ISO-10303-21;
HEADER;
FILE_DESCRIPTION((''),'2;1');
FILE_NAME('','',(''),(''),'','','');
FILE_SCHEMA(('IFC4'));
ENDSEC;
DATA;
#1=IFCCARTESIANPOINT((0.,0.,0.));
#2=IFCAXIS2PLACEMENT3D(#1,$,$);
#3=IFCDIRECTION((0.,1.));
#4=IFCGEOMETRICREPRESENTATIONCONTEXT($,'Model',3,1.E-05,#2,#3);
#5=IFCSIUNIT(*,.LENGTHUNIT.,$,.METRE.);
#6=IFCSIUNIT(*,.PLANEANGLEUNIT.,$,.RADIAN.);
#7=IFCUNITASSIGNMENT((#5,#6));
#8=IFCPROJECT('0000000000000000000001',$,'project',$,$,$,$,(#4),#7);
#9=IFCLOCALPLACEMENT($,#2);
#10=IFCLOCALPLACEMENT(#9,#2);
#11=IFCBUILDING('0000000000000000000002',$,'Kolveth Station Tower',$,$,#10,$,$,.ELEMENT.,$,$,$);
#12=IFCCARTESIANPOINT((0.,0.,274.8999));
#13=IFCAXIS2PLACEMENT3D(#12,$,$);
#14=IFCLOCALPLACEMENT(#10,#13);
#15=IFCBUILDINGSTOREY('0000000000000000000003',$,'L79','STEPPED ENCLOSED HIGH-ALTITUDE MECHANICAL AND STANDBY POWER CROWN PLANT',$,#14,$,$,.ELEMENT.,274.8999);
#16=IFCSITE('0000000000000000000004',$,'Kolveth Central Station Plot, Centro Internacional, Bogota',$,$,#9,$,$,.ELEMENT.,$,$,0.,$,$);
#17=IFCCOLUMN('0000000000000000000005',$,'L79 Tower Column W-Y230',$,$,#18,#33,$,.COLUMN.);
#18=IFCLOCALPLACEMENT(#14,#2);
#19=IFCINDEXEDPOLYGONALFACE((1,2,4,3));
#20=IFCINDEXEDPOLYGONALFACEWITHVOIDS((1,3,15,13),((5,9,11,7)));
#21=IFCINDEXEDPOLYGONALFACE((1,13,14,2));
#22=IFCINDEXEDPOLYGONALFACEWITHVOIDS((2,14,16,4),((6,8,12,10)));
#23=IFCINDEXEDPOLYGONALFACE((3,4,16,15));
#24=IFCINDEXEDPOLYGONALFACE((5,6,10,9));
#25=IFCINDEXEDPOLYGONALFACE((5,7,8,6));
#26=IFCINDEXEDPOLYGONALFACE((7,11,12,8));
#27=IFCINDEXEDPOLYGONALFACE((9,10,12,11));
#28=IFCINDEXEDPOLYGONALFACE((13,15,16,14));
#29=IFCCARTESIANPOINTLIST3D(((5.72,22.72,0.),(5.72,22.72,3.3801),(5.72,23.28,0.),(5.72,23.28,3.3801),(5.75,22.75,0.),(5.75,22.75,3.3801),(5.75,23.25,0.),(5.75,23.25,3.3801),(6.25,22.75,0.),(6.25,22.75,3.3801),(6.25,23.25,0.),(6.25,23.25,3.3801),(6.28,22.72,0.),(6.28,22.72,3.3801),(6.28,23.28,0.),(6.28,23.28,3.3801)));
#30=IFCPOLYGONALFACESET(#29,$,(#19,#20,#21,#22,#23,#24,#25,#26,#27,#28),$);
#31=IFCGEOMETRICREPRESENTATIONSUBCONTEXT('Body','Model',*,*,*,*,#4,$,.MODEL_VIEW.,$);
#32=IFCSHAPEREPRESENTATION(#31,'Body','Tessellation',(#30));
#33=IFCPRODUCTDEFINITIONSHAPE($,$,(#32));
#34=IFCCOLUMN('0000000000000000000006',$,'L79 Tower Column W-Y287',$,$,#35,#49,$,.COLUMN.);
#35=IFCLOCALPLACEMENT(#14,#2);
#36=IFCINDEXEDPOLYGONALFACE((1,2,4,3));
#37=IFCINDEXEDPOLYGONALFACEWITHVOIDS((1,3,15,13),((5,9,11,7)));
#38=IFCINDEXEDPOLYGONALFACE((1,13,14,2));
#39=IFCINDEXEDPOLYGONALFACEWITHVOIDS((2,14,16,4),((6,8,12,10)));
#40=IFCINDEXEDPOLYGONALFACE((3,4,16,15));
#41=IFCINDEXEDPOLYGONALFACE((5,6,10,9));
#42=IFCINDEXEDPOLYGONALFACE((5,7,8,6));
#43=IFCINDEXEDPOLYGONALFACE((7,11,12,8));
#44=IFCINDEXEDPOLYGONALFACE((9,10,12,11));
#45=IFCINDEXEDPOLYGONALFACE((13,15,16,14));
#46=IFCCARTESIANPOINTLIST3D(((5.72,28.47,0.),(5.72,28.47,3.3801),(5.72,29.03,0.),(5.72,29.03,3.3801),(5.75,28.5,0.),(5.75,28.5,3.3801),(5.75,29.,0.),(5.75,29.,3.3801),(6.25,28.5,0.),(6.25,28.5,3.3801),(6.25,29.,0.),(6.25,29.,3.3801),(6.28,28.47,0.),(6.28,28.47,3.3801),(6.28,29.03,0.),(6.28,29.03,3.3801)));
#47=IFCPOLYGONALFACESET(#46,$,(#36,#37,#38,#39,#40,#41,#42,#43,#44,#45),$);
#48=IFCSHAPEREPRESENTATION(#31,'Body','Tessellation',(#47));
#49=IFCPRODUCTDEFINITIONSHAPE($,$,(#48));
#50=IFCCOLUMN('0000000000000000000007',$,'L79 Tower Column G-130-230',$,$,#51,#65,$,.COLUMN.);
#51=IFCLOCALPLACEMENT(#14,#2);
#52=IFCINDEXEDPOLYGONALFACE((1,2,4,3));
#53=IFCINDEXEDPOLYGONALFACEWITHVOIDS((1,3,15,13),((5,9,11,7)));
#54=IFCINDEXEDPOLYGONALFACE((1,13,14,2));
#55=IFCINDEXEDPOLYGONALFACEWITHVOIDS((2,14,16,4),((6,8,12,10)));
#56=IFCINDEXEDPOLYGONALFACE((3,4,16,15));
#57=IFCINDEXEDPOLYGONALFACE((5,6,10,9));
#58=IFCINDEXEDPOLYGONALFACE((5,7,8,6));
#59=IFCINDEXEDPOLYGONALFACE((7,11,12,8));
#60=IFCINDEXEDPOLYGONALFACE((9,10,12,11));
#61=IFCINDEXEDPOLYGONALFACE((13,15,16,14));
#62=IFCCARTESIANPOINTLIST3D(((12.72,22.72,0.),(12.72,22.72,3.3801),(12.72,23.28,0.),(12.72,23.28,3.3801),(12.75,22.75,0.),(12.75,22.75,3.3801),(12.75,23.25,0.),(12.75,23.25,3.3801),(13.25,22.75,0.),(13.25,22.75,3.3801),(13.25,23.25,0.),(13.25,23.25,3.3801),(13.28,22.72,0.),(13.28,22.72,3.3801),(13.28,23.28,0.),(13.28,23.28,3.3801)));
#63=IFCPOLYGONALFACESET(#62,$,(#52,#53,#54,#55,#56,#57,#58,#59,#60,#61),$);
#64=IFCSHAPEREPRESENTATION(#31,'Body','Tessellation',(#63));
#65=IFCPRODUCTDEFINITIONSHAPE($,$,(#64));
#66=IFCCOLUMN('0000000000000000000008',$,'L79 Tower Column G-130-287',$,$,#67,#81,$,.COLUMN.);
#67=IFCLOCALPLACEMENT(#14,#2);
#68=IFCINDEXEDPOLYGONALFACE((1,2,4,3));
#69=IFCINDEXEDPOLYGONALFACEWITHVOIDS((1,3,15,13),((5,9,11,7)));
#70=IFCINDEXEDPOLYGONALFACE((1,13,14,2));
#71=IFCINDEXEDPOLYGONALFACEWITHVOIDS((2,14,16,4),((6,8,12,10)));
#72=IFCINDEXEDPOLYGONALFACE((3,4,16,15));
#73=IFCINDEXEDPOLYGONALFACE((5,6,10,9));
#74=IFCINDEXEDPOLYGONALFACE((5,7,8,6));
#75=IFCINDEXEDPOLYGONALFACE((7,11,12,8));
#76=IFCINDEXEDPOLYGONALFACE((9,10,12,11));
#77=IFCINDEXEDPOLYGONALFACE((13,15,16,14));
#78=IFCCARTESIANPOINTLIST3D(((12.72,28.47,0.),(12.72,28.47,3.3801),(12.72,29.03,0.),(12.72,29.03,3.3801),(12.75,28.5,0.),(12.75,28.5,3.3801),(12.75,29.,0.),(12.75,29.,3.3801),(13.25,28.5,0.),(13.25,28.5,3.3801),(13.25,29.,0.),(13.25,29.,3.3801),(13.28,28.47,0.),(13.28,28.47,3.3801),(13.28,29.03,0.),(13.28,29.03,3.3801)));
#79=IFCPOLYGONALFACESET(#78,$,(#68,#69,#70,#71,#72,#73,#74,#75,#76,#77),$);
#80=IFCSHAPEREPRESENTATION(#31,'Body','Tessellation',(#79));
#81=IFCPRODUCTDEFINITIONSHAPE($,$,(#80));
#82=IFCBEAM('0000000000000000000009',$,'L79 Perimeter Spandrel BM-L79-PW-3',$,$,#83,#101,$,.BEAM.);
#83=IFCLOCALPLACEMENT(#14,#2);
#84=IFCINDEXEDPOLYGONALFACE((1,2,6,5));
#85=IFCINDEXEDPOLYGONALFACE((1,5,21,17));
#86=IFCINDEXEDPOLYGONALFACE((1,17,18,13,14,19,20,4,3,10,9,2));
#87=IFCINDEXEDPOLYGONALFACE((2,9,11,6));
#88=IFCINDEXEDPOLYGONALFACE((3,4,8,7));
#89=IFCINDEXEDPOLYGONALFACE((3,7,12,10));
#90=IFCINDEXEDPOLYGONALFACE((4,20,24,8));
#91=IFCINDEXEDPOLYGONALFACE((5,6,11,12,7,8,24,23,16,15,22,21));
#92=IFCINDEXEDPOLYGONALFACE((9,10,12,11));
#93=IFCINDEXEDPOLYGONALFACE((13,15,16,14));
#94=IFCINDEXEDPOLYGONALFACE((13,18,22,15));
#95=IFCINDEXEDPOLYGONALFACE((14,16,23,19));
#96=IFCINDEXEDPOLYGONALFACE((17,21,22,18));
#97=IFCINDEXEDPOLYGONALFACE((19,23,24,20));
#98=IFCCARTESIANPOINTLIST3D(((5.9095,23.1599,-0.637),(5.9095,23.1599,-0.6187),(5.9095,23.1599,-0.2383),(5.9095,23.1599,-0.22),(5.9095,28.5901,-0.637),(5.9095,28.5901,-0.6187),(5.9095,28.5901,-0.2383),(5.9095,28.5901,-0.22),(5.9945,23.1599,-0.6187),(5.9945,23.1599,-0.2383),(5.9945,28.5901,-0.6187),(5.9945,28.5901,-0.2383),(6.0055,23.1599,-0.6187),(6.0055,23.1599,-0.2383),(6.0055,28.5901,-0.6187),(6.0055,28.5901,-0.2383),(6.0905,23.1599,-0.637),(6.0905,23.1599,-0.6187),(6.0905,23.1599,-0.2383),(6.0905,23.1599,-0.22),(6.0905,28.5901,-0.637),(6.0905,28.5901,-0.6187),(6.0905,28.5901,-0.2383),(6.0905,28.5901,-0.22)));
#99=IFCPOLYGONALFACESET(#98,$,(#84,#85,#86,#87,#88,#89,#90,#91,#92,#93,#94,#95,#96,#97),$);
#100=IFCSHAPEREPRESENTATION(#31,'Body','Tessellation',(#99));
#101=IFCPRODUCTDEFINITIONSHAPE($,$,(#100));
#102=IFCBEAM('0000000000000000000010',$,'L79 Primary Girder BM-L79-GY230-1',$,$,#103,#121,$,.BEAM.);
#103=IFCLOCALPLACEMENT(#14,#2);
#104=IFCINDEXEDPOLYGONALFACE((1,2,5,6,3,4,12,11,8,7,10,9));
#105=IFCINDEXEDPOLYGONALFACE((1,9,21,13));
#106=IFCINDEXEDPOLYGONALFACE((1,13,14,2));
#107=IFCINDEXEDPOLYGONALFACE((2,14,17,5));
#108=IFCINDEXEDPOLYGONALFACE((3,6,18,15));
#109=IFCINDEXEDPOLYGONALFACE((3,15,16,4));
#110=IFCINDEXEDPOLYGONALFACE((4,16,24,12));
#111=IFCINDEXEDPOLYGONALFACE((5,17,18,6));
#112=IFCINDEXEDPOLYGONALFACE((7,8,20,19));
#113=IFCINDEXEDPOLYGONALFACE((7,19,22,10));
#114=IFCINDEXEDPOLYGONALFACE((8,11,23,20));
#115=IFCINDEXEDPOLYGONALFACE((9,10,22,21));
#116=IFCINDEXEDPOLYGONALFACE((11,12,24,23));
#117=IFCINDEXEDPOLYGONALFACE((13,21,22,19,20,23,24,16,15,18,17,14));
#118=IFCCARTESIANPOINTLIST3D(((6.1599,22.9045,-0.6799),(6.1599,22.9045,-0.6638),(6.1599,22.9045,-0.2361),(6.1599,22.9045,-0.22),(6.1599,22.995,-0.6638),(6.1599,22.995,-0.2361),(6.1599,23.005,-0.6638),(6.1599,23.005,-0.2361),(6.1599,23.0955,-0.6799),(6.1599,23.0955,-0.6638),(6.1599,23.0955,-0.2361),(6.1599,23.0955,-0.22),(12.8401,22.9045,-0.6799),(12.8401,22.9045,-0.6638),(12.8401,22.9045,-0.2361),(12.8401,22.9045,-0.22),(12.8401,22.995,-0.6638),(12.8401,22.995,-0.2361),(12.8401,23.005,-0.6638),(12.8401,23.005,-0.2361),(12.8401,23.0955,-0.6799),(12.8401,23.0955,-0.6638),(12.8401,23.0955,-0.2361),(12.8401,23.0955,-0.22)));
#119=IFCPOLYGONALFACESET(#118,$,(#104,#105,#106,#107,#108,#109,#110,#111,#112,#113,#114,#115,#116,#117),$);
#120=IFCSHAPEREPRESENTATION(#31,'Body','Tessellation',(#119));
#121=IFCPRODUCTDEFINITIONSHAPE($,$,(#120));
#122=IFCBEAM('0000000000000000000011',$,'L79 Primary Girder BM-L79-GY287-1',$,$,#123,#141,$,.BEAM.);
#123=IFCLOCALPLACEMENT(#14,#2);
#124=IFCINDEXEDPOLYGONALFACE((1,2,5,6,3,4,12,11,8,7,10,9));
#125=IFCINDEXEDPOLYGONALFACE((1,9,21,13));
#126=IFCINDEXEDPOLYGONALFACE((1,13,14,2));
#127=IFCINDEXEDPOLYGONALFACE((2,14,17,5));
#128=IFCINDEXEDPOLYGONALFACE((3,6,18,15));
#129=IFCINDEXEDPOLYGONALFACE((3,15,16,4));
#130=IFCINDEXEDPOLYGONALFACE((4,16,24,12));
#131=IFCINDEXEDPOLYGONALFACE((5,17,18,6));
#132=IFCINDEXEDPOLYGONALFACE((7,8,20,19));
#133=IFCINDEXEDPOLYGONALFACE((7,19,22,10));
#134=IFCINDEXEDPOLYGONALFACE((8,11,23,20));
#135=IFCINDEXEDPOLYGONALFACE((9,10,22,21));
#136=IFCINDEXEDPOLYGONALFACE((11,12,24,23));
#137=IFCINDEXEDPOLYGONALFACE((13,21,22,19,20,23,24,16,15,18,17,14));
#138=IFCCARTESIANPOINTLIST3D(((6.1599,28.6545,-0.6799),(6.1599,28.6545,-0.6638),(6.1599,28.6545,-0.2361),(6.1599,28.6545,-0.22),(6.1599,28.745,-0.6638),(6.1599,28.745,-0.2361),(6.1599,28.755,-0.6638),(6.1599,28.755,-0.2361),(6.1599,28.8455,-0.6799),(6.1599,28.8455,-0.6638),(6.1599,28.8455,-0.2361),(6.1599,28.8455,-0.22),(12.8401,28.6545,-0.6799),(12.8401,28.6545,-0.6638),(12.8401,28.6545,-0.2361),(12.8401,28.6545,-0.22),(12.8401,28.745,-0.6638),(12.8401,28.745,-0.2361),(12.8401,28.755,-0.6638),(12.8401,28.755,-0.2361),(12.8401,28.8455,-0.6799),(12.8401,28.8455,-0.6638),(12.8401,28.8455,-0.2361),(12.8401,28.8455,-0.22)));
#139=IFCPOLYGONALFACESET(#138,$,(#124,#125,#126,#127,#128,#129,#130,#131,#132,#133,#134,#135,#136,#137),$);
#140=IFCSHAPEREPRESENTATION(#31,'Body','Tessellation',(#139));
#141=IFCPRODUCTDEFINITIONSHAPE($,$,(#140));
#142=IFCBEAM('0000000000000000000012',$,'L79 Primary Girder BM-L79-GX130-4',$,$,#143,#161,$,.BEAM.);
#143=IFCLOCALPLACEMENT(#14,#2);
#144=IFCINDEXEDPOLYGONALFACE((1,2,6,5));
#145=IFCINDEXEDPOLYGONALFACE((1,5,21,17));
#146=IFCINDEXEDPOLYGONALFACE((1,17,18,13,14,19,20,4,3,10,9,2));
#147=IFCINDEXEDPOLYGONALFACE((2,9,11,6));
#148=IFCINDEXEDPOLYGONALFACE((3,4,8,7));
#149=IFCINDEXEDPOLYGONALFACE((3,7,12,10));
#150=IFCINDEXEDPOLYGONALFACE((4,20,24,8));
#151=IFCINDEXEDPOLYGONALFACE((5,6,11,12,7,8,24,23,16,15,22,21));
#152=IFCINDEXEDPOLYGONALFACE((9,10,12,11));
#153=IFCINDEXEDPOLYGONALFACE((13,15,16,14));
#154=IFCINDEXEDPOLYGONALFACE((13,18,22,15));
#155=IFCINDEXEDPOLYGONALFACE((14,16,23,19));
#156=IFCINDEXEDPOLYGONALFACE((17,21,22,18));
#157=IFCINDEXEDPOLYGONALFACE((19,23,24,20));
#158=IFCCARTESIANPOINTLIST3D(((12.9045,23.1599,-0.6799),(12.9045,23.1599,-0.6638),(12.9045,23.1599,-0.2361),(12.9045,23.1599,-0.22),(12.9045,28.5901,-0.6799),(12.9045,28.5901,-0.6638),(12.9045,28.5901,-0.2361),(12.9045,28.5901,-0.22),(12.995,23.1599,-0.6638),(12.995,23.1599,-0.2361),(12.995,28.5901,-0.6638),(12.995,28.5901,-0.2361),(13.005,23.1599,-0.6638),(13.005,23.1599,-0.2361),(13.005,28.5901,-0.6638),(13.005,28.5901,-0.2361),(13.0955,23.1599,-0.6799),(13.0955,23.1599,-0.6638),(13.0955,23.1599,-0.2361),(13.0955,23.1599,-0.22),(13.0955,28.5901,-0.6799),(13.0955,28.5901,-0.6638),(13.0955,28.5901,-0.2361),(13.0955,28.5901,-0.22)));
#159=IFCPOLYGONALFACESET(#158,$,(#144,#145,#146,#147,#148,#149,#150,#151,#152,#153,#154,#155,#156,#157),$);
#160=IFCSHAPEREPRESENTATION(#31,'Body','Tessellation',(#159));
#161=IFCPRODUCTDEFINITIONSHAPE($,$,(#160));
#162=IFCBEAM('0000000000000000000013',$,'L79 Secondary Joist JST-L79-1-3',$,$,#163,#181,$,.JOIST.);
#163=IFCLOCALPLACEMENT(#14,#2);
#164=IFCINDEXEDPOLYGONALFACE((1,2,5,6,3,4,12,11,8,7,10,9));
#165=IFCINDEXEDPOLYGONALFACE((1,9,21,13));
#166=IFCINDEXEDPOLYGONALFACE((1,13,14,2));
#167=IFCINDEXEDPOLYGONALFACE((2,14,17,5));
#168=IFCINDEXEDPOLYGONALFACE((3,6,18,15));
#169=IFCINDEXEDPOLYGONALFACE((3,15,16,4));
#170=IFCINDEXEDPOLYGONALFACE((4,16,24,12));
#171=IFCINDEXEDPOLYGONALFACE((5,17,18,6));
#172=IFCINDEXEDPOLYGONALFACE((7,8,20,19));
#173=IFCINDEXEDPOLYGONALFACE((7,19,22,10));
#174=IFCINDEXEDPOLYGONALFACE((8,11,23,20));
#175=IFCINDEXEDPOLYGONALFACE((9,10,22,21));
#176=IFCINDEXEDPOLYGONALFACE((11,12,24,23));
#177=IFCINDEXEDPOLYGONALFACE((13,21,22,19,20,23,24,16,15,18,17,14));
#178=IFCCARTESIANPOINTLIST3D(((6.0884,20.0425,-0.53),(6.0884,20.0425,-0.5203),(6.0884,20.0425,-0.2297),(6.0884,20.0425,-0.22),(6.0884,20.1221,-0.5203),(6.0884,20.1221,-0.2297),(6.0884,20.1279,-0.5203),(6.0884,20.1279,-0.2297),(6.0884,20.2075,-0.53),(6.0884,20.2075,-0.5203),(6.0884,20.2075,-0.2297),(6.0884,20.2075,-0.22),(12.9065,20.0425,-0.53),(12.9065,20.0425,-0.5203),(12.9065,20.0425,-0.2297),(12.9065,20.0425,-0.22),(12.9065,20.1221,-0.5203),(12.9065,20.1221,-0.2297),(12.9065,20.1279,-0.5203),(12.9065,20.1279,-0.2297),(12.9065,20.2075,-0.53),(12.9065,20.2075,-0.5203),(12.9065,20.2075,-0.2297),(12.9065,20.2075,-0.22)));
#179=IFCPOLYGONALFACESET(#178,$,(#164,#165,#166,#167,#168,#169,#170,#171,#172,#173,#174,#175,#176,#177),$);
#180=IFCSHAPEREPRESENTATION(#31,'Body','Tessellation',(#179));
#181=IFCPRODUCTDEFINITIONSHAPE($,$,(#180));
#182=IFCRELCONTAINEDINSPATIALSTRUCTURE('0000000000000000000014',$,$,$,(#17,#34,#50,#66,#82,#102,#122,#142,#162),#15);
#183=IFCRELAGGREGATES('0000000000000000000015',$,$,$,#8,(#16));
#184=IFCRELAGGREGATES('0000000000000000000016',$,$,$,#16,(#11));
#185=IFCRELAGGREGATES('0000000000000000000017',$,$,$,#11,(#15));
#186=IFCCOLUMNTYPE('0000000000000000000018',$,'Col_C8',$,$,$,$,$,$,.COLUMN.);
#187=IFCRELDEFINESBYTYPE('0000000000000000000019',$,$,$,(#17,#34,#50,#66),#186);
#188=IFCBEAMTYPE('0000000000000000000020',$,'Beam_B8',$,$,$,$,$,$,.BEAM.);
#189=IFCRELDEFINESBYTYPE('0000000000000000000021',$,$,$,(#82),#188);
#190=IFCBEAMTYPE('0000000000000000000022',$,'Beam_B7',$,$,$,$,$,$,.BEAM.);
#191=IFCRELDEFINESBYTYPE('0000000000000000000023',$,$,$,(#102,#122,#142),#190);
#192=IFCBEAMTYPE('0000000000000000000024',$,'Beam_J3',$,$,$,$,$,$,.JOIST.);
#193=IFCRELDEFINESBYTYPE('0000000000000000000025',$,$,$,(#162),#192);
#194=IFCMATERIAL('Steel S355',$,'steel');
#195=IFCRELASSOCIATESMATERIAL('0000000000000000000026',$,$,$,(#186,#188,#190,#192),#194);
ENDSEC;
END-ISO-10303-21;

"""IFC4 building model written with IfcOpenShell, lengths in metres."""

from ifc_helpers import new_model, si_unit, direction, frame, origin, origin_2d, place, context, subcontext, project, spatial, hollow_rectangle, i_section, extrude, source, transform, mapped, material, material_profile, profile_set, type_object, element, save


model = new_model("IFC4")

# Units and contexts
model_context = context("Model", 3, precision=1e-05, world=origin(), true_north=direction((0.0, 1.0)))
body_context = subcontext(model_context, "Body", "Model", "MODEL_VIEW")
ifc_project = project(units=[si_unit("LENGTHUNIT", "METRE"), si_unit("PLANEANGLEUNIT", "RADIAN")], contexts=[model_context])

# Site, building, storey
site_placement = place(None, origin())
site = spatial("IfcSite", under=ifc_project, at=site_placement, Name="Kolveth Central Station Plot, Centro Internacional, Bogota", CompositionType="ELEMENT", RefElevation=0.0)
building_placement = place(site_placement, origin())
building = spatial("IfcBuilding", under=site, at=building_placement, Name="Kolveth Station Tower", CompositionType="ELEMENT")
storey_placement = place(building_placement, frame((0.0, 0.0, 274.8999)))
storey = spatial("IfcBuildingStorey", under=building, at=storey_placement, Name="L79", Description="STEPPED ENCLOSED HIGH-ALTITUDE MECHANICAL AND STANDBY POWER CROWN PLANT", CompositionType="ELEMENT", Elevation=274.8999)

# Columns
ifc_material_1 = material(Name="Steel S355", Category="steel")
ifc_material_profile_1 = material_profile(ifc_material_1, hollow_rectangle(XDim=0.5601, YDim=0.5601, WallThickness=0.03, at=origin_2d()), Name="BOX560x560x30")
ifc_profile_set_1 = profile_set([ifc_material_profile_1], Name="Steel S355")
column_type = type_object("IfcColumnType", Name="Col_C8", PredefinedType="COLUMN", material=ifc_profile_set_1)
shared_shape_1 = source(origin(), body_context, "Body", "SweptSolid", [
    extrude(hollow_rectangle(XDim=0.5601, YDim=0.5601, WallThickness=0.03, at=origin_2d()), origin(), (0.0, 0.0, 1.0), 3.3801),
])
for number, where, z_axis, x_axis, name in (
    (1, (6.0, 23.0, 0.0), (0.0, 0.0, 1.0), (1.0, 0.0, 0.0), "L79 Tower Column W-Y230"),
    (2, (6.0, 28.75, 0.0), (0.0, 0.0, 1.0), (1.0, 0.0, 0.0), "L79 Tower Column W-Y287"),
    (3, (13.0, 23.0, 0.0), (0.0, 0.0, 1.0), (1.0, 0.0, 0.0), "L79 Tower Column G-130-230"),
    (4, (13.0, 28.75, 0.0), (0.0, 0.0, 1.0), (1.0, 0.0, 0.0), "L79 Tower Column G-130-287"),
):
    element("IfcColumn", number, at=place(storey_placement, frame(where, z_axis=z_axis, x_axis=x_axis)), inside=storey, type_object=column_type, Name=name, PredefinedType="COLUMN", context=body_context, shape_type="MappedRepresentation", body=[
        mapped(shared_shape_1, transform((0.0, 0.0, 0.0), x_axis=(1.0, 0.0, 0.0), y_axis=(0.0, 1.0, 0.0), z_axis=(0.0, 0.0, 1.0), scale=1.0)),
    ])

# Beams
ifc_material_profile_2 = material_profile(ifc_material_1, i_section(OverallWidth=0.1809, OverallDepth=0.417, WebThickness=0.011, FlangeThickness=0.0183, at=origin_2d()), Name="W410x85")
ifc_profile_set_2 = profile_set([ifc_material_profile_2], Name="Steel S355")
beam_type_1 = type_object("IfcBeamType", Name="Beam_B8", PredefinedType="BEAM", material=ifc_profile_set_2)
shared_shape_2 = source(origin(), body_context, "Body", "SweptSolid", [
    extrude(i_section(OverallWidth=0.1809, OverallDepth=0.417, WebThickness=0.011, FlangeThickness=0.0183, at=origin_2d()), origin(), (0.0, 0.0, 1.0), 5.4302),
])
beam_1_placement = place(storey_placement, frame((6.0, 23.1599, -0.4285), z_axis=(0.0, 1.0, 0.0), x_axis=(-1.0, 0.0, 0.0)))
element("IfcBeam", 5, at=beam_1_placement, inside=storey, type_object=beam_type_1, Name="L79 Perimeter Spandrel BM-L79-PW-3", PredefinedType="BEAM", context=body_context, shape_type="MappedRepresentation", body=[
    mapped(shared_shape_2, transform((0.0, 0.0, 0.0), x_axis=(1.0, 0.0, 0.0), y_axis=(0.0, 1.0, 0.0), z_axis=(0.0, 0.0, 1.0), scale=1.0)),
])
ifc_material_profile_3 = material_profile(ifc_material_1, i_section(OverallWidth=0.1909, OverallDepth=0.46, WebThickness=0.01, FlangeThickness=0.0161, at=origin_2d()), Name="W460x82")
ifc_profile_set_3 = profile_set([ifc_material_profile_3], Name="Steel S355")
beam_type_2 = type_object("IfcBeamType", Name="Beam_B7", PredefinedType="BEAM", material=ifc_profile_set_3)
shared_shape_3 = source(origin(), body_context, "Body", "SweptSolid", [
    extrude(i_section(OverallWidth=0.1909, OverallDepth=0.46, WebThickness=0.01, FlangeThickness=0.0161, at=origin_2d()), origin(), (0.0, 0.0, 1.0), 6.6802),
])
for number, where, z_axis, x_axis, name in (
    (6, (6.1599, 23.0, -0.45), (1.0, 0.0, 0.0), (0.0, 1.0, 0.0), "L79 Primary Girder BM-L79-GY230-1"),
    (7, (6.1599, 28.75, -0.45), (1.0, 0.0, 0.0), (0.0, 1.0, 0.0), "L79 Primary Girder BM-L79-GY287-1"),
):
    element("IfcBeam", number, at=place(storey_placement, frame(where, z_axis=z_axis, x_axis=x_axis)), inside=storey, type_object=beam_type_2, Name=name, PredefinedType="BEAM", context=body_context, shape_type="MappedRepresentation", body=[
        mapped(shared_shape_3, transform((0.0, 0.0, 0.0), x_axis=(1.0, 0.0, 0.0), y_axis=(0.0, 1.0, 0.0), z_axis=(0.0, 0.0, 1.0), scale=1.0)),
    ])
shared_shape_4 = source(origin(), body_context, "Body", "SweptSolid", [
    extrude(i_section(OverallWidth=0.1909, OverallDepth=0.46, WebThickness=0.01, FlangeThickness=0.0161, at=origin_2d()), origin(), (0.0, 0.0, 1.0), 5.4302),
])
beam_2_placement = place(storey_placement, frame((13.0, 23.1599, -0.45), z_axis=(0.0, 1.0, 0.0), x_axis=(-1.0, 0.0, 0.0)))
element("IfcBeam", 8, at=beam_2_placement, inside=storey, type_object=beam_type_2, Name="L79 Primary Girder BM-L79-GX130-4", PredefinedType="BEAM", context=body_context, shape_type="MappedRepresentation", body=[
    mapped(shared_shape_4, transform((0.0, 0.0, 0.0), x_axis=(1.0, 0.0, 0.0), y_axis=(0.0, 1.0, 0.0), z_axis=(0.0, 0.0, 1.0), scale=1.0)),
])
ifc_material_profile_4 = material_profile(ifc_material_1, i_section(OverallWidth=0.165, OverallDepth=0.3101, WebThickness=0.0059, FlangeThickness=0.0098, at=origin_2d()), Name="W310x39")
ifc_profile_set_4 = profile_set([ifc_material_profile_4], Name="Steel S355")
beam_type_3 = type_object("IfcBeamType", Name="Beam_J3", PredefinedType="JOIST", material=ifc_profile_set_4)
shared_shape_5 = source(origin(), body_context, "Body", "SweptSolid", [
    extrude(i_section(OverallWidth=0.165, OverallDepth=0.3101, WebThickness=0.0059, FlangeThickness=0.0098, at=origin_2d()), origin(), (0.0, 0.0, 1.0), 6.8181),
])
for number, where, z_axis, x_axis, name in (
    (9, (6.0884, 20.125, -0.375), (1.0, 0.0, 0.0), (0.0, 1.0, 0.0), "L79 Secondary Joist JST-L79-1-3"),
):
    element("IfcBeam", number, at=place(storey_placement, frame(where, z_axis=z_axis, x_axis=x_axis)), inside=storey, type_object=beam_type_3, Name=name, PredefinedType="JOIST", context=body_context, shape_type="MappedRepresentation", body=[
        mapped(shared_shape_5, transform((0.0, 0.0, 0.0), x_axis=(1.0, 0.0, 0.0), y_axis=(0.0, 1.0, 0.0), z_axis=(0.0, 0.0, 1.0), scale=1.0)),
    ])

save(model, "model.ifc")
